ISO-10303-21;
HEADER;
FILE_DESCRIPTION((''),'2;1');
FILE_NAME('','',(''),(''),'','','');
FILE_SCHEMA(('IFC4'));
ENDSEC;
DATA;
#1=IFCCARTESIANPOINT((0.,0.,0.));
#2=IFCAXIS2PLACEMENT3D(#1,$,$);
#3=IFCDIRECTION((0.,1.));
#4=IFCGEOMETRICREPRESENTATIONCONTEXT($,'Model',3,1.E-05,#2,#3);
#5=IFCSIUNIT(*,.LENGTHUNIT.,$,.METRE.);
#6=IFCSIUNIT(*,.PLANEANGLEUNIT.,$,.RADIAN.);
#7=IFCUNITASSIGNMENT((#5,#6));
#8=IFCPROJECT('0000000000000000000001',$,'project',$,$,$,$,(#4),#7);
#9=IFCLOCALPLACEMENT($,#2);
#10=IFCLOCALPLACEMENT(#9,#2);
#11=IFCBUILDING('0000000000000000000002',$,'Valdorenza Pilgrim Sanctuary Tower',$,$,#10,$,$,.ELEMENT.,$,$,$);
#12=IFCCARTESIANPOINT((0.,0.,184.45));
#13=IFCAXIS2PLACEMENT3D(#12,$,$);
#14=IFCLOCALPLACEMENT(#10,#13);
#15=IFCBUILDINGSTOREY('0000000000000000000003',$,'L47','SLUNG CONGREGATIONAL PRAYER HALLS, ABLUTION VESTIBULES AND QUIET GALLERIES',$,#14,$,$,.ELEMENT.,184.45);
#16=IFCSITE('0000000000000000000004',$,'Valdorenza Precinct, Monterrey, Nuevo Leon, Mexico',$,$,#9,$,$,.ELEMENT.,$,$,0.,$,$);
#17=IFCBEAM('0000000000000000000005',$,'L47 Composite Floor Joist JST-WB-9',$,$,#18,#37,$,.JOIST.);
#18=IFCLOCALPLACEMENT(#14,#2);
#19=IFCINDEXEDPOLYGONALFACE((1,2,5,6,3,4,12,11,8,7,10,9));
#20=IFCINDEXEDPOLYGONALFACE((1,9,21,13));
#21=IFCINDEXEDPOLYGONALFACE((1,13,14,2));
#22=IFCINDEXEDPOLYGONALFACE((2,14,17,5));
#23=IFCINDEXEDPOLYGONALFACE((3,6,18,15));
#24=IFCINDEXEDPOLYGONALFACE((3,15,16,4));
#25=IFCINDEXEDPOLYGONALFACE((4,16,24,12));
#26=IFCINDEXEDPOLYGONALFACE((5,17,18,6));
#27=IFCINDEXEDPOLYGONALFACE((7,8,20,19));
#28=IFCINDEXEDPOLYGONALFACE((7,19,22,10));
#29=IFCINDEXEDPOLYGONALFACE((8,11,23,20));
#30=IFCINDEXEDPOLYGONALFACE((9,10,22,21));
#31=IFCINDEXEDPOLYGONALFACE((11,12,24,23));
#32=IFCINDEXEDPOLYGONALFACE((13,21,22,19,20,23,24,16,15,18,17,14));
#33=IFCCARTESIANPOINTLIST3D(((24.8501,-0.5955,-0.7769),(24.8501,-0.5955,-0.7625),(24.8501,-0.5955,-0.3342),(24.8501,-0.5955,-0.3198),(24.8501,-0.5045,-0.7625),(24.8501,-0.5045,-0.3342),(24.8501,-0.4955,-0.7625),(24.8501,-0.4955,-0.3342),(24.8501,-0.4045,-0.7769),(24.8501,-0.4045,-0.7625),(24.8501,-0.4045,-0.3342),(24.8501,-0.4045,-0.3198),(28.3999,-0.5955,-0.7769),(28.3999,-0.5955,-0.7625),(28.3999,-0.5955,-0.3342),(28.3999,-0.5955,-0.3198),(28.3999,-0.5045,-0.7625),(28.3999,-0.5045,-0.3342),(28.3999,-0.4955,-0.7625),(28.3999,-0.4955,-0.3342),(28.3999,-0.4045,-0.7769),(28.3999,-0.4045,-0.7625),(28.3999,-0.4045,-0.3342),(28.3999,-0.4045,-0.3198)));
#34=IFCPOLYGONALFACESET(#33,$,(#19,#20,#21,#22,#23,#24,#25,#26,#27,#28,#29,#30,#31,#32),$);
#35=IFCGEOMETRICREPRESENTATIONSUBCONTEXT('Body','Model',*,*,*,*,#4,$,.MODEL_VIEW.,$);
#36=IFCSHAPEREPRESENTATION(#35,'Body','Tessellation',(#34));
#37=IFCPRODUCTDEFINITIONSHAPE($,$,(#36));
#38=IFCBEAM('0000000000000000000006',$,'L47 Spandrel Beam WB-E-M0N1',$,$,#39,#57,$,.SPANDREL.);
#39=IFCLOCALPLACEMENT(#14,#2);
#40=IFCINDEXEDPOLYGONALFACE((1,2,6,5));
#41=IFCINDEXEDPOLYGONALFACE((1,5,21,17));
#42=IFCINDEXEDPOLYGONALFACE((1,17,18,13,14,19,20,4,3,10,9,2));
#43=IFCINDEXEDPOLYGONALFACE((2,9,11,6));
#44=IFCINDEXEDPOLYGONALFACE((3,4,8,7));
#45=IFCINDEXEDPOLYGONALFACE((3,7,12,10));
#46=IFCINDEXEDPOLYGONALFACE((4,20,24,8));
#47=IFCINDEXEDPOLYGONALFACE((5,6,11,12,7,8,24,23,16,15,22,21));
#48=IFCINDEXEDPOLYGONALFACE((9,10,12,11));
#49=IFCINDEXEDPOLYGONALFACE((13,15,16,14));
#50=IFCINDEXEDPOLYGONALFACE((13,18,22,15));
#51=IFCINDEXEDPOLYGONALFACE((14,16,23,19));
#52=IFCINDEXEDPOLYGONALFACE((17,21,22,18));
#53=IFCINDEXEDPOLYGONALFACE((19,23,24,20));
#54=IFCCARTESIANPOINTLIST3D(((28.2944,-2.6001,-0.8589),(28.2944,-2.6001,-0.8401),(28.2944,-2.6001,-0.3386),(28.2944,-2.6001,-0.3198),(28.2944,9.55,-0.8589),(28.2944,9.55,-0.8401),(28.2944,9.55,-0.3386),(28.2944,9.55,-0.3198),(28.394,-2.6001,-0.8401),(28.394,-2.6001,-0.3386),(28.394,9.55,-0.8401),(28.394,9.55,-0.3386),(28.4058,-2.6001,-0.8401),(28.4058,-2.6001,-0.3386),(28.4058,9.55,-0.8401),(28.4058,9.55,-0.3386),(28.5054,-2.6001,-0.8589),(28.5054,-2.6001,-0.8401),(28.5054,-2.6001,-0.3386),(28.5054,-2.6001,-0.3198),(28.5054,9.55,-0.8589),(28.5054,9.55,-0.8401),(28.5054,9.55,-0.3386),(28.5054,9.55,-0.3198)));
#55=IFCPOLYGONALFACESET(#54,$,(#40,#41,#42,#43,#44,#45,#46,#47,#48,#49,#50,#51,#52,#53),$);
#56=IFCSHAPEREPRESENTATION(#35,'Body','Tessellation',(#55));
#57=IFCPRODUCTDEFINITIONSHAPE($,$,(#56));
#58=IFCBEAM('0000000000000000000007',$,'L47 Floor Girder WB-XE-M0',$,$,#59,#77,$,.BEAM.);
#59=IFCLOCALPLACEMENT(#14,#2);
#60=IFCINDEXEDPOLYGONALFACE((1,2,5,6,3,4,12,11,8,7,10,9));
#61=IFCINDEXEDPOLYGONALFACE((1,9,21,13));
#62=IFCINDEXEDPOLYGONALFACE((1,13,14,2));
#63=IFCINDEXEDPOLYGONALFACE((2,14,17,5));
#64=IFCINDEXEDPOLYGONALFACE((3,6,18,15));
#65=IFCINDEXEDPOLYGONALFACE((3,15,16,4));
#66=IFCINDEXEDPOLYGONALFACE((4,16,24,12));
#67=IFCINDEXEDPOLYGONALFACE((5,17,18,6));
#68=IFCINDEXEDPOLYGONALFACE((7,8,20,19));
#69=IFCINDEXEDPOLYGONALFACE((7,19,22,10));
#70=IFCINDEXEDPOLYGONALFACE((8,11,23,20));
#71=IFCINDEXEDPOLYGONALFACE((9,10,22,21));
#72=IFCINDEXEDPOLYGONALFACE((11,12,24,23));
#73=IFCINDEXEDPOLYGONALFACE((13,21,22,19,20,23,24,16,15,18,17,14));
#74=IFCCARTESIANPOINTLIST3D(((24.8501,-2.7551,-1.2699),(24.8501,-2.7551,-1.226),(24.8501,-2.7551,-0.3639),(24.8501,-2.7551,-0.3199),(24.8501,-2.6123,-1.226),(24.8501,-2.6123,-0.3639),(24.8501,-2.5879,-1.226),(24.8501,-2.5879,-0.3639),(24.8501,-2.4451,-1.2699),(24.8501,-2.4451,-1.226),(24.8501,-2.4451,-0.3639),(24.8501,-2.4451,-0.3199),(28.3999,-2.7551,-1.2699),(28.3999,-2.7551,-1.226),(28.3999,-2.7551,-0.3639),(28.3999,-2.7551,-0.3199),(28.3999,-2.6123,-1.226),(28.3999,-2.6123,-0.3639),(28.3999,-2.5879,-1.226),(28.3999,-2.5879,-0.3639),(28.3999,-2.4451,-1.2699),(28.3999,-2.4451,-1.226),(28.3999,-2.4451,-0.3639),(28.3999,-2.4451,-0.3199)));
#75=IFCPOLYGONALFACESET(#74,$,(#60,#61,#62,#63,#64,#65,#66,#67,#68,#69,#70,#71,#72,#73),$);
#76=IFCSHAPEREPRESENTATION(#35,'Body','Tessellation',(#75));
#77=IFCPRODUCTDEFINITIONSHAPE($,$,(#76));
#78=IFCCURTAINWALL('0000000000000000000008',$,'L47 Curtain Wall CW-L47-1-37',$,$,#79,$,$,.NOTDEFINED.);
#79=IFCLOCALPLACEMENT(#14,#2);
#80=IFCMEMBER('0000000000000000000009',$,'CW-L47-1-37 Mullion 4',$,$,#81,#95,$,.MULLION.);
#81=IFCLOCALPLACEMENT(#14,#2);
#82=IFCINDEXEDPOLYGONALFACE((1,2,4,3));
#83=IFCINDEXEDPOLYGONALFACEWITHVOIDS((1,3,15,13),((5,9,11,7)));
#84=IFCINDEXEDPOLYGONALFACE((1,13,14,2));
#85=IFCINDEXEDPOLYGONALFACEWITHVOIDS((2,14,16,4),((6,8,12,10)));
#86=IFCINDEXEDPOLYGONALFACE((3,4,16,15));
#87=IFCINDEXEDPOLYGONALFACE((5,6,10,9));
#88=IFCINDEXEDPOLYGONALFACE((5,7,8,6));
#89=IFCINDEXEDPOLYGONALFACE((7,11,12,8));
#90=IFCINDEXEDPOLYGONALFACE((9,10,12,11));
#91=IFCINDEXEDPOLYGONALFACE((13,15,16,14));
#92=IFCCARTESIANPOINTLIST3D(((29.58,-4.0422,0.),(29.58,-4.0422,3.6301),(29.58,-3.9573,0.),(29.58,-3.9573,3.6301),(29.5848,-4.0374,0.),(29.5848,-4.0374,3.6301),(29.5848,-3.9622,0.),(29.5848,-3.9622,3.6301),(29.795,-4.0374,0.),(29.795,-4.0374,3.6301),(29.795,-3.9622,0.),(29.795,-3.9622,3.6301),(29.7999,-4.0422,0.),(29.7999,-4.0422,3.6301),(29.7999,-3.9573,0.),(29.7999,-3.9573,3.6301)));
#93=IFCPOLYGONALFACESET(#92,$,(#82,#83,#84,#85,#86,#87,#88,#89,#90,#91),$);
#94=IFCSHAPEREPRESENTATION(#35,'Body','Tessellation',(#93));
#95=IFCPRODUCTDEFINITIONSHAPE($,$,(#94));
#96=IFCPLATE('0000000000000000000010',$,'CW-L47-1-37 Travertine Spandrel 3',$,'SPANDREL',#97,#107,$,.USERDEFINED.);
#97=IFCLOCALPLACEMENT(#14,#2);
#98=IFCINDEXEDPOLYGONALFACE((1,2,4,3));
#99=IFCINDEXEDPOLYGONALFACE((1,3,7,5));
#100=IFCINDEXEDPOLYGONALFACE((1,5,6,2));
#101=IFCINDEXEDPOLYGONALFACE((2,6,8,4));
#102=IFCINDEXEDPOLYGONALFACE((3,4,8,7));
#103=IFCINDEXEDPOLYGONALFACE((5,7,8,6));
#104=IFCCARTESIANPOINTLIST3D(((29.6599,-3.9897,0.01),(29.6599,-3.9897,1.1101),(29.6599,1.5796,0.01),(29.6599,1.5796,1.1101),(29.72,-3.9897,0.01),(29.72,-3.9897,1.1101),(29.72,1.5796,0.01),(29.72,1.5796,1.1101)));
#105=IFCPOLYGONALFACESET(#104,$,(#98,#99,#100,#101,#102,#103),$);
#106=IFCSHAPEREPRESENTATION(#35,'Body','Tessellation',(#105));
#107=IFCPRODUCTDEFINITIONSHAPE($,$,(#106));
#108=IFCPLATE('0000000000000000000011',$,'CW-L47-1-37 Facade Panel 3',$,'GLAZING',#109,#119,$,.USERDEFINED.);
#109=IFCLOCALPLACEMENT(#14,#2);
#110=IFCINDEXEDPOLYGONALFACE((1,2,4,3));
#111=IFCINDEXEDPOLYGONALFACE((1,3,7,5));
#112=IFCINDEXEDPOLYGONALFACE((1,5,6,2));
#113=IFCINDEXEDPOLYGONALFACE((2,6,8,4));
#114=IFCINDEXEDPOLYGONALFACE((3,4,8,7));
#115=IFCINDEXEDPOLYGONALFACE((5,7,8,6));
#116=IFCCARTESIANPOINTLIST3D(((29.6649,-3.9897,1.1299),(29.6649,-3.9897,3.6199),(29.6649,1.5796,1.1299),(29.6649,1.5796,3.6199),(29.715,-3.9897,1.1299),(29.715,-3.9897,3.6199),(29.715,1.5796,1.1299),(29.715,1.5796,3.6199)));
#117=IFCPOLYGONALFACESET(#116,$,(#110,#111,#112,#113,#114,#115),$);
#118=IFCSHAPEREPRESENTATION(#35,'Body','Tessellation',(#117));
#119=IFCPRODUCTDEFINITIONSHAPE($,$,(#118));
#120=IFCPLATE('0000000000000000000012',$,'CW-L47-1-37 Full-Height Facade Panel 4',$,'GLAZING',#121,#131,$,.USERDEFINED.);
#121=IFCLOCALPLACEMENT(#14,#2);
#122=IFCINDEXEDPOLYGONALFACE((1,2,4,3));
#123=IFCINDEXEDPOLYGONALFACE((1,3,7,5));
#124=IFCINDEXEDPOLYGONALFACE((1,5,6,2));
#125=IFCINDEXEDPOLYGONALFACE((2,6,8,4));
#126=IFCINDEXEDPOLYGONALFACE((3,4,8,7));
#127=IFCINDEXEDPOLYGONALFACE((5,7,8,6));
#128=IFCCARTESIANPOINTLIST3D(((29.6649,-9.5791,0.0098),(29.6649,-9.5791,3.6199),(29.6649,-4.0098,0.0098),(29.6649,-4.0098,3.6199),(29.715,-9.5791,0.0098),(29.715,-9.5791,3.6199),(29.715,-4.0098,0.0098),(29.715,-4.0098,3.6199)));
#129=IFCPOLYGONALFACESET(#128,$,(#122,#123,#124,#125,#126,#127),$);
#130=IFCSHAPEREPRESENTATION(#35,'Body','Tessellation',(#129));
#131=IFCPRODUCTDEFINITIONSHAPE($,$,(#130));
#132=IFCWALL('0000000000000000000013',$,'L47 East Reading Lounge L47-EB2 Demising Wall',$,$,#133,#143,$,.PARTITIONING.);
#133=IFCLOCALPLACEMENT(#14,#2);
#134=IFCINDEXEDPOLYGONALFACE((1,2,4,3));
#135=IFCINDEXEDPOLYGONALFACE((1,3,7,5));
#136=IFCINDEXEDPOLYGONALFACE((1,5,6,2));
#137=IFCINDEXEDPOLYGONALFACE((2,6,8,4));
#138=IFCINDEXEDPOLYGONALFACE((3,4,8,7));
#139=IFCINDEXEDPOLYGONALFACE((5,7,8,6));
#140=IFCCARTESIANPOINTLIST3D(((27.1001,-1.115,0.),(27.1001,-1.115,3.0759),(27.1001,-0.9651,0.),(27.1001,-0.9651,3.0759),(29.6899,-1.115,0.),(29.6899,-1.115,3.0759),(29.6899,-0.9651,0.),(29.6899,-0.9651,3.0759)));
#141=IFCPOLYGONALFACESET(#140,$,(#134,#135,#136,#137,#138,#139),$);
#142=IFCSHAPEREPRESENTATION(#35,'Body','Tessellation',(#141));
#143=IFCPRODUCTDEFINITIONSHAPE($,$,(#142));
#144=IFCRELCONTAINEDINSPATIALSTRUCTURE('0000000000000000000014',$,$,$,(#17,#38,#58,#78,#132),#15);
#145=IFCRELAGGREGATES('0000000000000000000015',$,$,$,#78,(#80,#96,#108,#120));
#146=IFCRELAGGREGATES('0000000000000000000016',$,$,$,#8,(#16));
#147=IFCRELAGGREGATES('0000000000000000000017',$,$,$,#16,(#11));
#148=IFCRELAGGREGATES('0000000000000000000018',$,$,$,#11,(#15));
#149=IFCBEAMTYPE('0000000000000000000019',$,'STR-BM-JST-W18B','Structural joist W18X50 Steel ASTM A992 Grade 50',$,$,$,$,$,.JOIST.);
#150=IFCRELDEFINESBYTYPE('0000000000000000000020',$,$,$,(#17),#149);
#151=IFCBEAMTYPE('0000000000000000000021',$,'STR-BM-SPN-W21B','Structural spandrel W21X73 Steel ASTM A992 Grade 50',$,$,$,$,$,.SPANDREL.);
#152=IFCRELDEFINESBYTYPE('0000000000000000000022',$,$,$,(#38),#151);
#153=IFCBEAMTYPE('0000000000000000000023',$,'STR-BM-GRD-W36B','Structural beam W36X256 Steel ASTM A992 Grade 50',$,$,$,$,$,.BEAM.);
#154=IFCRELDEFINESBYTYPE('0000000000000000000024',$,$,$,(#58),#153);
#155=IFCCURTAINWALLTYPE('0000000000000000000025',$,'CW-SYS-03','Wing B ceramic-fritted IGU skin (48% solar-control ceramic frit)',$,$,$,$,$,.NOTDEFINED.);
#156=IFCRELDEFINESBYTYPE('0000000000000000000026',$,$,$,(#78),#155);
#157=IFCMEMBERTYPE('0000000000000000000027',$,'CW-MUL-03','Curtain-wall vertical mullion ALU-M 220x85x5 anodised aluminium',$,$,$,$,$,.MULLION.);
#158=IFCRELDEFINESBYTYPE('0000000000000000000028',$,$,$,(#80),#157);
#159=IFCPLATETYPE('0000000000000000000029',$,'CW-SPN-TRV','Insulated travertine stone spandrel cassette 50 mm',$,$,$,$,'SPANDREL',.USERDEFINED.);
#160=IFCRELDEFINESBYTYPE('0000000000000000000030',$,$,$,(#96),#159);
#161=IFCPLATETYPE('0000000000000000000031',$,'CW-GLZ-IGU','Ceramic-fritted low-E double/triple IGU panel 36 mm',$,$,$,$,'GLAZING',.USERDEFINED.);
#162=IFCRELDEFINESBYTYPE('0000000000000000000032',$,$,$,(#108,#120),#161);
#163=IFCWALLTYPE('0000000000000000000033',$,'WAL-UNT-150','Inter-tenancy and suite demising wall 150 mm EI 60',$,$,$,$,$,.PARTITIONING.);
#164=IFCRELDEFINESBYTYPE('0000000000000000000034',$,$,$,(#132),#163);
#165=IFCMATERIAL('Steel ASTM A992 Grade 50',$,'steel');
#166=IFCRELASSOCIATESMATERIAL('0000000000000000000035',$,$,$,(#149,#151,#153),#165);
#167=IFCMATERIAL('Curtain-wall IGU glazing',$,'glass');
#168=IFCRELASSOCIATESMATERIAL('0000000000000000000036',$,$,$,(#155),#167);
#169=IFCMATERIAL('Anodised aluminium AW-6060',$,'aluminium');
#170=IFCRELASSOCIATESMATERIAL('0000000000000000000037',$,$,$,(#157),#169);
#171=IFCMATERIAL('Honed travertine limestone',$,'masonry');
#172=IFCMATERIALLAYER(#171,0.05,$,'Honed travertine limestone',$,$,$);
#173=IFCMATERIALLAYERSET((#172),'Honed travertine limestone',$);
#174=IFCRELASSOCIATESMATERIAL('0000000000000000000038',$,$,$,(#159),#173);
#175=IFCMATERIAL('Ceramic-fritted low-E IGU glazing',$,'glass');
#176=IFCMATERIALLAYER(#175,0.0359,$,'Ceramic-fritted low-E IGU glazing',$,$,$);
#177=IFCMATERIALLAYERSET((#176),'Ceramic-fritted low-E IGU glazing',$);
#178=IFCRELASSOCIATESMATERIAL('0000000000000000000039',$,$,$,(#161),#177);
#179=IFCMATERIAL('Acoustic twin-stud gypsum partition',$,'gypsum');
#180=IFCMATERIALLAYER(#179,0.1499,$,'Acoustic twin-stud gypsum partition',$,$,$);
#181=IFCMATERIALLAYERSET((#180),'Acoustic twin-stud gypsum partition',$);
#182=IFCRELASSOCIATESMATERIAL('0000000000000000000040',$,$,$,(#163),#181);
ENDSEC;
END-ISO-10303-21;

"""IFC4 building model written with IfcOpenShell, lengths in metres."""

from ifc_helpers import new_model, si_unit, direction, frame, frame_2d, origin, origin_2d, place, context, subcontext, project, spatial, rectangle, hollow_rectangle, i_section, extrude, source, transform, mapped, material, layer, layer_set, material_profile, profile_set, type_object, element, aggregate, save


model = new_model("IFC4")

# Units and contexts
model_context = context("Model", 3, precision=1e-05, world=origin(), true_north=direction((0.0, 1.0)))
body_context = subcontext(model_context, "Body", "Model", "MODEL_VIEW")
ifc_project = project(units=[si_unit("LENGTHUNIT", "METRE"), si_unit("PLANEANGLEUNIT", "RADIAN")], contexts=[model_context])

# Site, building, storey
site_placement = place(None, origin())
site = spatial("IfcSite", under=ifc_project, at=site_placement, Name="Valdorenza Precinct, Monterrey, Nuevo Leon, Mexico", CompositionType="ELEMENT", RefElevation=0.0)
building_placement = place(site_placement, origin())
building = spatial("IfcBuilding", under=site, at=building_placement, Name="Valdorenza Pilgrim Sanctuary Tower", CompositionType="ELEMENT")
storey_placement = place(building_placement, frame((0.0, 0.0, 184.45)))
storey = spatial("IfcBuildingStorey", under=building, at=storey_placement, Name="L47", Description="SLUNG CONGREGATIONAL PRAYER HALLS, ABLUTION VESTIBULES AND QUIET GALLERIES", CompositionType="ELEMENT", Elevation=184.45)

# Shared definitions
ifc_material_1 = material(Name="Steel ASTM A992 Grade 50", Category="steel")

# Beams
ifc_material_profile_1 = material_profile(ifc_material_1, i_section(OverallWidth=0.1909, OverallDepth=0.457, WebThickness=0.009, FlangeThickness=0.0144, at=origin_2d()), Name="W18X50")
ifc_profile_set_1 = profile_set([ifc_material_profile_1], Name="Steel ASTM A992 Grade 50")
beam_type_1 = type_object("IfcBeamType", Name="STR-BM-JST-W18B", Description="Structural joist W18X50 Steel ASTM A992 Grade 50", PredefinedType="JOIST", material=ifc_profile_set_1)
shared_shape_1 = source(origin(), body_context, "Body", "SweptSolid", [
    extrude(i_section(OverallWidth=0.1909, OverallDepth=0.457, WebThickness=0.009, FlangeThickness=0.0144, at=origin_2d()), origin(), (0.0, 0.0, 1.0), 3.5498),
])
for number, where, z_axis, x_axis, name in (
    (1, (24.8501, -0.5, -0.5483), (1.0, 0.0, 0.0), (0.0, 1.0, 0.0), "L47 Composite Floor Joist JST-WB-9"),
):
    element("IfcBeam", number, at=place(storey_placement, frame(where, z_axis=z_axis, x_axis=x_axis)), inside=storey, type_object=beam_type_1, Name=name, PredefinedType="JOIST", context=body_context, shape_type="MappedRepresentation", body=[
        mapped(shared_shape_1, transform((0.0, 0.0, 0.0), x_axis=(1.0, 0.0, 0.0), y_axis=(0.0, 1.0, 0.0), z_axis=(0.0, 0.0, 1.0), scale=1.0)),
    ])
ifc_material_profile_2 = material_profile(ifc_material_1, i_section(OverallWidth=0.2109, OverallDepth=0.5391, WebThickness=0.0117, FlangeThickness=0.0188, at=origin_2d()), Name="W21X73")
ifc_profile_set_2 = profile_set([ifc_material_profile_2], Name="Steel ASTM A992 Grade 50")
beam_type_2 = type_object("IfcBeamType", Name="STR-BM-SPN-W21B", Description="Structural spandrel W21X73 Steel ASTM A992 Grade 50", PredefinedType="SPANDREL", material=ifc_profile_set_2)
shared_shape_2 = source(origin(), body_context, "Body", "SweptSolid", [
    extrude(i_section(OverallWidth=0.2109, OverallDepth=0.5391, WebThickness=0.0117, FlangeThickness=0.0188, at=origin_2d()), origin(), (0.0, 0.0, 1.0), 12.1501),
])
beam_1_placement = place(storey_placement, frame((28.3999, -2.6001, -0.5894), z_axis=(0.0, 1.0, 0.0), x_axis=(-1.0, 0.0, 0.0)))
element("IfcBeam", 2, at=beam_1_placement, inside=storey, type_object=beam_type_2, Name="L47 Spandrel Beam WB-E-M0N1", PredefinedType="SPANDREL", context=body_context, shape_type="MappedRepresentation", body=[
    mapped(shared_shape_2, transform((0.0, 0.0, 0.0), x_axis=(1.0, 0.0, 0.0), y_axis=(0.0, 1.0, 0.0), z_axis=(0.0, 0.0, 1.0), scale=1.0)),
])
ifc_material_profile_3 = material_profile(ifc_material_1, i_section(OverallWidth=0.3101, OverallDepth=0.95, WebThickness=0.0244, FlangeThickness=0.0439, at=origin_2d()), Name="W36X256")
ifc_profile_set_3 = profile_set([ifc_material_profile_3], Name="Steel ASTM A992 Grade 50")
beam_type_3 = type_object("IfcBeamType", Name="STR-BM-GRD-W36B", Description="Structural beam W36X256 Steel ASTM A992 Grade 50", PredefinedType="BEAM", material=ifc_profile_set_3)
shared_shape_3 = source(origin(), body_context, "Body", "SweptSolid", [
    extrude(i_section(OverallWidth=0.3101, OverallDepth=0.95, WebThickness=0.0244, FlangeThickness=0.0439, at=origin_2d()), origin(), (0.0, 0.0, 1.0), 3.5498),
])
beam_2_placement = place(storey_placement, frame((24.8501, -2.6001, -0.7949), z_axis=(1.0, 0.0, 0.0), x_axis=(0.0, 1.0, 0.0)))
element("IfcBeam", 3, at=beam_2_placement, inside=storey, type_object=beam_type_3, Name="L47 Floor Girder WB-XE-M0", PredefinedType="BEAM", context=body_context, shape_type="MappedRepresentation", body=[
    mapped(shared_shape_3, transform((0.0, 0.0, 0.0), x_axis=(1.0, 0.0, 0.0), y_axis=(0.0, 1.0, 0.0), z_axis=(0.0, 0.0, 1.0), scale=1.0)),
])

# Curtain wall, member, plates
ifc_material_2 = material(Name="Curtain-wall IGU glazing", Category="glass")
curtain_wall_type = type_object("IfcCurtainWallType", Name="CW-SYS-03", Description="Wing B ceramic-fritted IGU skin (48% solar-control ceramic frit)", PredefinedType="NOTDEFINED", material=ifc_material_2)
curtain_wall_placement = place(storey_placement, origin())
curtain_wall = element("IfcCurtainWall", 4, at=curtain_wall_placement, inside=storey, type_object=curtain_wall_type, Name="L47 Curtain Wall CW-L47-1-37", PredefinedType="NOTDEFINED")
ifc_material_3 = material(Name="Anodised aluminium AW-6060", Category="aluminium")
ifc_material_profile_4 = material_profile(ifc_material_3, hollow_rectangle(XDim=0.085, YDim=0.22, WallThickness=0.0049, at=origin_2d()), Name="ALU-M 220x85x5")
ifc_profile_set_4 = profile_set([ifc_material_profile_4], Name="Anodised aluminium AW-6060")
member_type = type_object("IfcMemberType", Name="CW-MUL-03", Description="Curtain-wall vertical mullion ALU-M 220x85x5 anodised aluminium", PredefinedType="MULLION", material=ifc_profile_set_4)
shared_shape_4 = source(origin(), body_context, "Body", "SweptSolid", [
    extrude(hollow_rectangle(XDim=0.085, YDim=0.22, WallThickness=0.0049, at=origin_2d()), origin(), (0.0, 0.0, 1.0), 3.6301),
])
member_placement = place(storey_placement, frame((29.6899, -3.9998, 0.0), z_axis=(0.0, 0.0, 1.0), x_axis=(0.0, -1.0, 0.0)))
member = element("IfcMember", 5, at=member_placement, type_object=member_type, Name="CW-L47-1-37 Mullion 4", PredefinedType="MULLION", context=body_context, shape_type="MappedRepresentation", body=[
    mapped(shared_shape_4, transform((0.0, 0.0, 0.0), x_axis=(1.0, 0.0, 0.0), y_axis=(0.0, 1.0, 0.0), z_axis=(0.0, 0.0, 1.0), scale=1.0)),
])
ifc_material_4 = material(Name="Honed travertine limestone", Category="masonry")
ifc_layer_1 = layer(ifc_material_4, 0.05, Name="Honed travertine limestone")
ifc_layer_set_1 = layer_set([ifc_layer_1], Name="Honed travertine limestone")
plate_type_1 = type_object("IfcPlateType", Name="CW-SPN-TRV", Description="Insulated travertine stone spandrel cassette 50 mm", ElementType="SPANDREL", PredefinedType="USERDEFINED", material=ifc_layer_set_1)
shared_shape_5 = source(origin(), body_context, "Body", "SweptSolid", [
    extrude(rectangle(XDim=5.5693, YDim=0.0601, at=origin_2d()), origin(), (0.0, 0.0, 1.0), 1.1001),
])
plate_1_placement = place(storey_placement, frame((29.6899, -1.2051, 0.01), z_axis=(0.0, 0.0, 1.0), x_axis=(0.0, -1.0, 0.0)))
plate_1 = element("IfcPlate", 6, at=plate_1_placement, type_object=plate_type_1, Name="CW-L47-1-37 Travertine Spandrel 3", ObjectType="SPANDREL", PredefinedType="USERDEFINED", context=body_context, shape_type="MappedRepresentation", body=[
    mapped(shared_shape_5, transform((0.0, 0.0, 0.0), x_axis=(1.0, 0.0, 0.0), y_axis=(0.0, 1.0, 0.0), z_axis=(0.0, 0.0, 1.0), scale=1.0)),
])
ifc_material_5 = material(Name="Ceramic-fritted low-E IGU glazing", Category="glass")
ifc_layer_2 = layer(ifc_material_5, 0.0359, Name="Ceramic-fritted low-E IGU glazing")
ifc_layer_set_2 = layer_set([ifc_layer_2], Name="Ceramic-fritted low-E IGU glazing")
plate_type_2 = type_object("IfcPlateType", Name="CW-GLZ-IGU", Description="Ceramic-fritted low-E double/triple IGU panel 36 mm", ElementType="GLAZING", PredefinedType="USERDEFINED", material=ifc_layer_set_2)
shared_shape_6 = source(origin(), body_context, "Body", "SweptSolid", [
    extrude(rectangle(XDim=5.5693, YDim=0.05, at=origin_2d()), origin(), (0.0, 0.0, 1.0), 2.49),
])
plate_2_placement = place(storey_placement, frame((29.6899, -1.2051, 1.1299), z_axis=(0.0, 0.0, 1.0), x_axis=(0.0, -1.0, 0.0)))
plate_2 = element("IfcPlate", 7, at=plate_2_placement, type_object=plate_type_2, Name="CW-L47-1-37 Facade Panel 3", ObjectType="GLAZING", PredefinedType="USERDEFINED", context=body_context, shape_type="MappedRepresentation", body=[
    mapped(shared_shape_6, transform((0.0, 0.0, 0.0), x_axis=(1.0, 0.0, 0.0), y_axis=(0.0, 1.0, 0.0), z_axis=(0.0, 0.0, 1.0), scale=1.0)),
])
shared_shape_7 = source(origin(), body_context, "Body", "SweptSolid", [
    extrude(rectangle(XDim=5.5693, YDim=0.05, at=origin_2d()), origin(), (0.0, 0.0, 1.0), 3.6101),
])
plate_3_placement = place(storey_placement, frame((29.6899, -6.7944, 0.0098), z_axis=(0.0, 0.0, 1.0), x_axis=(0.0, -1.0, 0.0)))
plate_3 = element("IfcPlate", 8, at=plate_3_placement, type_object=plate_type_2, Name="CW-L47-1-37 Full-Height Facade Panel 4", ObjectType="GLAZING", PredefinedType="USERDEFINED", context=body_context, shape_type="MappedRepresentation", body=[
    mapped(shared_shape_7, transform((0.0, 0.0, 0.0), x_axis=(1.0, 0.0, 0.0), y_axis=(0.0, 1.0, 0.0), z_axis=(0.0, 0.0, 1.0), scale=1.0)),
])
aggregate(curtain_wall, [member, plate_1, plate_2, plate_3])

# Wall
ifc_material_6 = material(Name="Acoustic twin-stud gypsum partition", Category="gypsum")
ifc_layer_3 = layer(ifc_material_6, 0.1499, Name="Acoustic twin-stud gypsum partition")
ifc_layer_set_3 = layer_set([ifc_layer_3], Name="Acoustic twin-stud gypsum partition")
wall_type = type_object("IfcWallType", Name="WAL-UNT-150", Description="Inter-tenancy and suite demising wall 150 mm EI 60", PredefinedType="PARTITIONING", material=ifc_layer_set_3)
wall_placement = place(storey_placement, frame((27.1001, -1.04, 0.0), z_axis=(0.0, 0.0, 1.0), x_axis=(1.0, 0.0, 0.0)))
element("IfcWall", 9, at=wall_placement, inside=storey, type_object=wall_type, Name="L47 East Reading Lounge L47-EB2 Demising Wall", PredefinedType="PARTITIONING", context=body_context, shape_type="SweptSolid", body=[
    extrude(rectangle(XDim=2.5898, YDim=0.1499, at=frame_2d((1.2949, 0.0))), origin(), (0.0, 0.0, 1.0), 3.0759),
])

save(model, "model.ifc")
